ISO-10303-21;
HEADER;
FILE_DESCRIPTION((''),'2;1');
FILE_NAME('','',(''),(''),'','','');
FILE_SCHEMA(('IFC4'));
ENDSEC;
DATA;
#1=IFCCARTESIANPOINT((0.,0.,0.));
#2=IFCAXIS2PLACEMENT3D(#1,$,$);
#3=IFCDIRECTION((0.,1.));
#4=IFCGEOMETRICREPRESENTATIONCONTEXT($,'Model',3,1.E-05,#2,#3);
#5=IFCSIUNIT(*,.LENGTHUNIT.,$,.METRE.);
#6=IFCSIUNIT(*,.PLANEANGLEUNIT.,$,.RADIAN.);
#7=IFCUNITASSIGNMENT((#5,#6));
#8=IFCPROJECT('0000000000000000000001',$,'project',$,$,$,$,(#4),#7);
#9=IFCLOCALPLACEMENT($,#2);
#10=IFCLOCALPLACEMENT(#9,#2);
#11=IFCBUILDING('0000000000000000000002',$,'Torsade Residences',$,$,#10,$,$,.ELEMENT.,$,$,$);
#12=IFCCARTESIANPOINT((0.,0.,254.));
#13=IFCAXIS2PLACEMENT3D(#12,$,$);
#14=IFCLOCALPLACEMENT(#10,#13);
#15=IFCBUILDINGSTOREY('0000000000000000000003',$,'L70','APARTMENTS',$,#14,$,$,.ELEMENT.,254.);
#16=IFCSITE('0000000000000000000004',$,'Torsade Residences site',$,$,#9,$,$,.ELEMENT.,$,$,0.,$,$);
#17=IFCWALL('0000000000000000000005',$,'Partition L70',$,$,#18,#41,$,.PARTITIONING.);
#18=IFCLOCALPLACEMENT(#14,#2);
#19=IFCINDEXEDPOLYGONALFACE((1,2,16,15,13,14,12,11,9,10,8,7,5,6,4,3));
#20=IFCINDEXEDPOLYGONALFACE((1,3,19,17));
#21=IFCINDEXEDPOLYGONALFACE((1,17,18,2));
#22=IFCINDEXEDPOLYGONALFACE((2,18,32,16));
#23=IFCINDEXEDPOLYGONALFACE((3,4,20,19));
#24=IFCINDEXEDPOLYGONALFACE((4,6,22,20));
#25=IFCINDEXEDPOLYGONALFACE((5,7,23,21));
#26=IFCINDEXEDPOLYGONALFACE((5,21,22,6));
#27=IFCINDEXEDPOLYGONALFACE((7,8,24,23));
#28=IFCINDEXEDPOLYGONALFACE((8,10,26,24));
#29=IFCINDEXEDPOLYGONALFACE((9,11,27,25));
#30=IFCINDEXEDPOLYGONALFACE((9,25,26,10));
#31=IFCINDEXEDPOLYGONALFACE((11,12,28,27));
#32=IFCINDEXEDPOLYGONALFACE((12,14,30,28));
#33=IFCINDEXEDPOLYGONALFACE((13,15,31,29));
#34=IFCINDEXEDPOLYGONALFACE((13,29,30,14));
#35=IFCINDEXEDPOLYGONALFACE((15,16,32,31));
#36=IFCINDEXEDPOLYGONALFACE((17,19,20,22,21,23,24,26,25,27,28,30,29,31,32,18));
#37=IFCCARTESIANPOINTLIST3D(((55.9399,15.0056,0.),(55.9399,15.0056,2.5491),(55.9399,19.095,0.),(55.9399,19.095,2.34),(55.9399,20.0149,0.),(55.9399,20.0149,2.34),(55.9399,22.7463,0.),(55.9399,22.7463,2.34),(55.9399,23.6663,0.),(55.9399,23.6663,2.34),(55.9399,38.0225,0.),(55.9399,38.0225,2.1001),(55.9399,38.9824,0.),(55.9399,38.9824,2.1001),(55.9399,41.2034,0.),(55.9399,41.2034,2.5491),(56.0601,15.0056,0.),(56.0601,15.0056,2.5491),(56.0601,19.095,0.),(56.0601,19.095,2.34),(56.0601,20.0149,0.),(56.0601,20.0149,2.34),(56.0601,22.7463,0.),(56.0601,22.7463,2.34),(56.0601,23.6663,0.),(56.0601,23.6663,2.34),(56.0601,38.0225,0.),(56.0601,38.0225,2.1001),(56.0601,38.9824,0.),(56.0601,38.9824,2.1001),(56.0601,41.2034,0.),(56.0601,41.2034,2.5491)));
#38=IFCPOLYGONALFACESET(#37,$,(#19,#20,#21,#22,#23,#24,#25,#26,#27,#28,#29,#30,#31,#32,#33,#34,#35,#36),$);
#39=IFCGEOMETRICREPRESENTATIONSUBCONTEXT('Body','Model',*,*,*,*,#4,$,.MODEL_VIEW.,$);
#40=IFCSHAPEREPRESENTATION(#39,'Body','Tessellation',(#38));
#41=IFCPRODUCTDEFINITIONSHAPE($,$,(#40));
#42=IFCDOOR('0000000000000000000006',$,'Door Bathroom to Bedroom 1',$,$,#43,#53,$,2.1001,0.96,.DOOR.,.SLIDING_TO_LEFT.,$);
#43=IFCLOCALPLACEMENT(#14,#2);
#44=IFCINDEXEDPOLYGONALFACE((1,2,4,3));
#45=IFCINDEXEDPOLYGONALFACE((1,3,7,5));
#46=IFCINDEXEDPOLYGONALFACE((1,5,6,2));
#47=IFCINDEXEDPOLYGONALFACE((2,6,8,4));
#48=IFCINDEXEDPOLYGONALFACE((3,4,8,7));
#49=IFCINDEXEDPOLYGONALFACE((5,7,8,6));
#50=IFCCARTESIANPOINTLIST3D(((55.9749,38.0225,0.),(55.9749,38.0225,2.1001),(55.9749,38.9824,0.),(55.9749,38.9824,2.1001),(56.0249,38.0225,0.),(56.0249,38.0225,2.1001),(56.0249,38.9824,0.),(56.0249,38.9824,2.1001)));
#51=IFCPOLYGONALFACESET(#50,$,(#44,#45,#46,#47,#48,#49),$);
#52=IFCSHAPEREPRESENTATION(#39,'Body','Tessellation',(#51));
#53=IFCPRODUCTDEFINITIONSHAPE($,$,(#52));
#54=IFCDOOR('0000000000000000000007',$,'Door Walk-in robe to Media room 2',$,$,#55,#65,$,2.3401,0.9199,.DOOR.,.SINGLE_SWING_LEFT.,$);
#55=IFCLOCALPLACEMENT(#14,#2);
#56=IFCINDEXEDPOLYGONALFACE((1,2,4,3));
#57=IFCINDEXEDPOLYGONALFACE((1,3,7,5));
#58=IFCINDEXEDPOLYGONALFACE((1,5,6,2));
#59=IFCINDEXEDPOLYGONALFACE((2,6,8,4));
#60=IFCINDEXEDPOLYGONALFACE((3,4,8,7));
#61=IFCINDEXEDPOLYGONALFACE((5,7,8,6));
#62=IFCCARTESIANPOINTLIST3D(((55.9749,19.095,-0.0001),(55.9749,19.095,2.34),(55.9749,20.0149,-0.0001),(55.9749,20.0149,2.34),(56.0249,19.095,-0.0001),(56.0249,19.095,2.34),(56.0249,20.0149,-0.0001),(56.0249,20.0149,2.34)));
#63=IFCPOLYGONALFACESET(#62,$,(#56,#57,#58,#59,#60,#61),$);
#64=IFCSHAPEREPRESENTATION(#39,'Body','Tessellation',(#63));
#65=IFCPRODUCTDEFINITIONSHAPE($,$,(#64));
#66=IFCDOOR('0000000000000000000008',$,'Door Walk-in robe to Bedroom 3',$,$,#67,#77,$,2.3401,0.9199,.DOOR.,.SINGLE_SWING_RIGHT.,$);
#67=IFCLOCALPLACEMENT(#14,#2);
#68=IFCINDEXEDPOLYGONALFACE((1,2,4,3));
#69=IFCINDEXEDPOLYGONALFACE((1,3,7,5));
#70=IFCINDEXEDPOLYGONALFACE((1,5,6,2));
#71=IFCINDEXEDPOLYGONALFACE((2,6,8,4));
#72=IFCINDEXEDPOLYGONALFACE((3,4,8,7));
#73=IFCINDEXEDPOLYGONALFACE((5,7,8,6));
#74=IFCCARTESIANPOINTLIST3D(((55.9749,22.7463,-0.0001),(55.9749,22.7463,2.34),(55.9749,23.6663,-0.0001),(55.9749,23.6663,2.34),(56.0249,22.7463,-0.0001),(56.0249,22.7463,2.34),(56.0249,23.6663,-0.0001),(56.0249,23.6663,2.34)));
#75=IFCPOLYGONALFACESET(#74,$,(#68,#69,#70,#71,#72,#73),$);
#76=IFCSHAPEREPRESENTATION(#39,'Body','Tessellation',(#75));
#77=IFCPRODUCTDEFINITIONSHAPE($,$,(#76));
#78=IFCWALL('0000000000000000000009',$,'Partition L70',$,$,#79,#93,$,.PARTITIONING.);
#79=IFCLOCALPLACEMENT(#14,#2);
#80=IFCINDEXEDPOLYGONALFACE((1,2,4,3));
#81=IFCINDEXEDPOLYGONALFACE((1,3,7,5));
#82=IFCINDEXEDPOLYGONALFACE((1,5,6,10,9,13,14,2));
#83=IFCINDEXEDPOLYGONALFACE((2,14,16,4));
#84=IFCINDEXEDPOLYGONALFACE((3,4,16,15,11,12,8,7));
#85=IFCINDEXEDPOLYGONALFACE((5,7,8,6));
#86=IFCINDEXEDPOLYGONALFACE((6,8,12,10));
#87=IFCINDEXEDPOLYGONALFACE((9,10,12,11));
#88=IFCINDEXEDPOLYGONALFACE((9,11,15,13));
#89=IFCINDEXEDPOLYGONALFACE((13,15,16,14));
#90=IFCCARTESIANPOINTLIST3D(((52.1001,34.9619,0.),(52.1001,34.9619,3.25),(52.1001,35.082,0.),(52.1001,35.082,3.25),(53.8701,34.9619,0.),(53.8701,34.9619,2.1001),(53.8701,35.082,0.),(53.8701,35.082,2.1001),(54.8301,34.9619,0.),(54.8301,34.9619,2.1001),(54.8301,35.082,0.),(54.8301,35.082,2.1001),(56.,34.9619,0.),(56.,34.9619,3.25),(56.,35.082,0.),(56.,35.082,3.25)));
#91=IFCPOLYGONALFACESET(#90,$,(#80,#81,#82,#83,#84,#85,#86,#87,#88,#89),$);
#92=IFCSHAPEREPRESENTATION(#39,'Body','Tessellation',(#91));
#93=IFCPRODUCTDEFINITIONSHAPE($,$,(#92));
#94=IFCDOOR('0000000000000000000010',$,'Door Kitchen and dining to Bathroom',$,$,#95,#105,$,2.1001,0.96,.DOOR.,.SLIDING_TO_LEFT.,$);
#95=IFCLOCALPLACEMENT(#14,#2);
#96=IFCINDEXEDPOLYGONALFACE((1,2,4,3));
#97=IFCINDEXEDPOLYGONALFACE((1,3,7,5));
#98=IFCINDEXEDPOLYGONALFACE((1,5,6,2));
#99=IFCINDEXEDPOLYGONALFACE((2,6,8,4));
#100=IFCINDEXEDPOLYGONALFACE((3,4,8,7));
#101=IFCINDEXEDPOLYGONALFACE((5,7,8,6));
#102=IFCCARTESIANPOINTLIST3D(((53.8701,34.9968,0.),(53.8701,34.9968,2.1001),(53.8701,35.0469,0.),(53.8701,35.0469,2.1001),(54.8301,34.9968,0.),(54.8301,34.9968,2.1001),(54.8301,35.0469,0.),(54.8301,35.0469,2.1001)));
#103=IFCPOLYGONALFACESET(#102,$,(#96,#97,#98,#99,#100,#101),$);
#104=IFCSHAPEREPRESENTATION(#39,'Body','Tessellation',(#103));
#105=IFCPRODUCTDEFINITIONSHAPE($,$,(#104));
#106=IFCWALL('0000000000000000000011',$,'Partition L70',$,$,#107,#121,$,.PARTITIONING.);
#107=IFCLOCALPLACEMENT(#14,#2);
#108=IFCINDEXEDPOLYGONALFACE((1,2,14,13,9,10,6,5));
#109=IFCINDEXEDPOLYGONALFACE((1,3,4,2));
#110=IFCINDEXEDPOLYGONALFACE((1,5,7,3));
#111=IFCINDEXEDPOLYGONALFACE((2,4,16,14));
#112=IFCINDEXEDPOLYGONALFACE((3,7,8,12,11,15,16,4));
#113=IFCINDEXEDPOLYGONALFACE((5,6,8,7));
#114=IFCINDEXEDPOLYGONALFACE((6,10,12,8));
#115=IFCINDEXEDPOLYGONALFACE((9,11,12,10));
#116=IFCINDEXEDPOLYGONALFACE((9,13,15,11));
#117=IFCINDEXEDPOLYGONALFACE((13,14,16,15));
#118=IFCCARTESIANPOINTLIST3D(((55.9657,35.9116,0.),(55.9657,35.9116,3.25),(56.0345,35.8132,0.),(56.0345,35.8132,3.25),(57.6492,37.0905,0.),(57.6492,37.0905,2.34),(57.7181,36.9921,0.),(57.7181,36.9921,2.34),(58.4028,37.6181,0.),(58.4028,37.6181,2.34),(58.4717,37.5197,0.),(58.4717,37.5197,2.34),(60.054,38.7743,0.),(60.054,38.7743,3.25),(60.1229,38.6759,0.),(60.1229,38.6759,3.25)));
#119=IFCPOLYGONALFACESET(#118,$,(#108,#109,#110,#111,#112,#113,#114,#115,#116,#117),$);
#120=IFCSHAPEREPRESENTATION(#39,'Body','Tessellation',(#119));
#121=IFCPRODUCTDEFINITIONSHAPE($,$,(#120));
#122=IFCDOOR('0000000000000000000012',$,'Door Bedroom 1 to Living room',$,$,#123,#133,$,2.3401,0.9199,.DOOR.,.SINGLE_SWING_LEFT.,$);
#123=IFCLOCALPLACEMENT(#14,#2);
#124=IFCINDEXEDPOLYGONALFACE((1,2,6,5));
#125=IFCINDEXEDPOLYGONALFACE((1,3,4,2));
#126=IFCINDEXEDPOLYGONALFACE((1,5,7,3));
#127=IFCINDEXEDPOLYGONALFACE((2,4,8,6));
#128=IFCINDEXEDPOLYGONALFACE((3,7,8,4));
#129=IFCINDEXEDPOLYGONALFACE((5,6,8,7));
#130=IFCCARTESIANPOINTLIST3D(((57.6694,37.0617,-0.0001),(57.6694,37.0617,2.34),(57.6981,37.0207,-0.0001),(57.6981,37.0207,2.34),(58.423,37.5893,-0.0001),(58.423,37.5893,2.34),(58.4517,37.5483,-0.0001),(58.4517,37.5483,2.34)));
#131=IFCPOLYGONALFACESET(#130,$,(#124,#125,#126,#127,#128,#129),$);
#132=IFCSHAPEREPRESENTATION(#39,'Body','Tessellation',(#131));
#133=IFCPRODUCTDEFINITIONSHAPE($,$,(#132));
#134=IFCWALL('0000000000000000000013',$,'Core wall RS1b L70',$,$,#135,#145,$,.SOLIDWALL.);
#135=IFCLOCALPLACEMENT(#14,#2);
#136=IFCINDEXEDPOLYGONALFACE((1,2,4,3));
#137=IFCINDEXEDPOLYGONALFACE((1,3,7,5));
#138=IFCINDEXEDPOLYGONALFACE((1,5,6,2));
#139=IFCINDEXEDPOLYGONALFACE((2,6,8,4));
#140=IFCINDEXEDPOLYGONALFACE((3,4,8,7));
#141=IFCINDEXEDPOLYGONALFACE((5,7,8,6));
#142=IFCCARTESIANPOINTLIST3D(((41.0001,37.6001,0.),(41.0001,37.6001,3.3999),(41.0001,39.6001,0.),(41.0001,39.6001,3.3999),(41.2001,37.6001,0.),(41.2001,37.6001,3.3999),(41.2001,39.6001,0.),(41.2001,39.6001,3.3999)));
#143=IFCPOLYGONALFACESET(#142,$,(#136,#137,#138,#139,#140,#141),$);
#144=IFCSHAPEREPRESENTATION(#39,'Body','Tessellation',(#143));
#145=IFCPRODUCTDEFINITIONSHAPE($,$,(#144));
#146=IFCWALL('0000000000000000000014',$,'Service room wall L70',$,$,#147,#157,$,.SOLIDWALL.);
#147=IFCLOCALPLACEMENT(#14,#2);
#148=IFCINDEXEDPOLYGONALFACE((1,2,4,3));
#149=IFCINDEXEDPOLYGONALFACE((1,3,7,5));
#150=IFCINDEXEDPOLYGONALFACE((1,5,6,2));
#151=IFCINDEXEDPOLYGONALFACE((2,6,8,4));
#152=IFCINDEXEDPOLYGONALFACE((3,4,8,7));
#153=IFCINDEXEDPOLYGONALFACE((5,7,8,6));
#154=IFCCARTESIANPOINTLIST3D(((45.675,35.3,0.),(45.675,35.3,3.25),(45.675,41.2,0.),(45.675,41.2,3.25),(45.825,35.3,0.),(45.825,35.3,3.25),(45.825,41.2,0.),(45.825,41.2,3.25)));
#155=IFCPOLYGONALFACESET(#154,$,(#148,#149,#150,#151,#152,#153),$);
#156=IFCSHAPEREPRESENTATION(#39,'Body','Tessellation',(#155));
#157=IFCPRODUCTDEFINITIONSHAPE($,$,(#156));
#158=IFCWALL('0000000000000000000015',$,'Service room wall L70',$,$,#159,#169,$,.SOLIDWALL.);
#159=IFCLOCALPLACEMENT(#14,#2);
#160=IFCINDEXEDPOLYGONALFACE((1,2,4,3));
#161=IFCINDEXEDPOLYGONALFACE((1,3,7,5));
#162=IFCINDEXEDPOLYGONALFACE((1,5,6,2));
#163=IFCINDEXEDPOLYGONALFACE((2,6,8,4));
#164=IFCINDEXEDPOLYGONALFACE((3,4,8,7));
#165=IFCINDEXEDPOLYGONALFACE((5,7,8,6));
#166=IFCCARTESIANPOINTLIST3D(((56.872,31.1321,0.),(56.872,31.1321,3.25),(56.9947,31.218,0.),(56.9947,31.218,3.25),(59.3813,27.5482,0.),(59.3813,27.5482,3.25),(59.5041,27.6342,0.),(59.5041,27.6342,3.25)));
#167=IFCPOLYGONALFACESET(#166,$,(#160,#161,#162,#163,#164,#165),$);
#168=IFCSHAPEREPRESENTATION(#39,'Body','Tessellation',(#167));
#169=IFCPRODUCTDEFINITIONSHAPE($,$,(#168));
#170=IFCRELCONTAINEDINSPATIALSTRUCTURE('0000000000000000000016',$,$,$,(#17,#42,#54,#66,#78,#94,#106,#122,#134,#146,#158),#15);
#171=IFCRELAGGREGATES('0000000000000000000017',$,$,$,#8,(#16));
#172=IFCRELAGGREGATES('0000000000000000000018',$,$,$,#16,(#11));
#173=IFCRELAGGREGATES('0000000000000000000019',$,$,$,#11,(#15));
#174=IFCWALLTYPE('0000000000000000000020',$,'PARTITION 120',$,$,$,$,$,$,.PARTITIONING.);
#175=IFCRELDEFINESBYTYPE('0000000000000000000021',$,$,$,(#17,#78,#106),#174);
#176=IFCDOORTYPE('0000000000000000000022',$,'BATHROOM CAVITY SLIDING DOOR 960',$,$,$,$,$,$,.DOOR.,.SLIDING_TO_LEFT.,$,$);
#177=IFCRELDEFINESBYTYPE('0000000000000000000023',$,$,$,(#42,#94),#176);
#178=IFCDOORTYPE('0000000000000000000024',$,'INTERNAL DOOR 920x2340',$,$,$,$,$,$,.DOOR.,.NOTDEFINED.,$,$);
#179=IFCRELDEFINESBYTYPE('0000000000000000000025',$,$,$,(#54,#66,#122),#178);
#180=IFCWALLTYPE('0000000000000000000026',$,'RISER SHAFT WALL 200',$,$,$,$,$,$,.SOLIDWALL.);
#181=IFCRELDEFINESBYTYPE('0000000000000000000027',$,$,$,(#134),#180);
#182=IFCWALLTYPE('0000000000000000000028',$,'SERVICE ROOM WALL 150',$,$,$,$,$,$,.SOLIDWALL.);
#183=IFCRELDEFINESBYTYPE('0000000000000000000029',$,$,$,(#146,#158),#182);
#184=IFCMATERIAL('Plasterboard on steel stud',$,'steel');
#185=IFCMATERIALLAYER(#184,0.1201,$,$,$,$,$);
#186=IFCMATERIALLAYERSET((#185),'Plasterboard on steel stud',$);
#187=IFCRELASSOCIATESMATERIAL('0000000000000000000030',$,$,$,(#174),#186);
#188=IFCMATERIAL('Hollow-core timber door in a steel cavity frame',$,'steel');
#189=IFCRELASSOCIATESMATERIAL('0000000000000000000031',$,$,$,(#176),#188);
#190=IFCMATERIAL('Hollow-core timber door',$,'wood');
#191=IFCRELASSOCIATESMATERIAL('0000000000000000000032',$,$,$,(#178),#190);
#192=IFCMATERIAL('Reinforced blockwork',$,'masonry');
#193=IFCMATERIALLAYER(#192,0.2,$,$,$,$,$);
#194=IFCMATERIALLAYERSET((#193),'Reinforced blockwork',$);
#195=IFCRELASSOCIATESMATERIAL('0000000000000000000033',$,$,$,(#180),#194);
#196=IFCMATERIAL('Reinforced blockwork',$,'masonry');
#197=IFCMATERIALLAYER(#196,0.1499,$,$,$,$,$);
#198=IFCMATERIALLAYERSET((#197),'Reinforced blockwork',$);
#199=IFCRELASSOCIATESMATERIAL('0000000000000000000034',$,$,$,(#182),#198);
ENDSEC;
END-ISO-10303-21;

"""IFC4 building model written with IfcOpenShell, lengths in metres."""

from ifc_helpers import new_model, si_unit, direction, frame, frame_2d, origin, place, context, subcontext, project, spatial, rectangle, extrude, material, layer, layer_set, type_object, element, fill, save


model = new_model("IFC4")

# Units and contexts
model_context = context("Model", 3, precision=1e-05, world=origin(), true_north=direction((0.0, 1.0)))
body_context = subcontext(model_context, "Body", "Model", "MODEL_VIEW")
ifc_project = project(units=[si_unit("LENGTHUNIT", "METRE"), si_unit("PLANEANGLEUNIT", "RADIAN")], contexts=[model_context])

# Site, building, storey
site_placement = place(None, origin())
site = spatial("IfcSite", under=ifc_project, at=site_placement, Name="Torsade Residences site", CompositionType="ELEMENT", RefElevation=0.0)
building_placement = place(site_placement, origin())
building = spatial("IfcBuilding", under=site, at=building_placement, Name="Torsade Residences", CompositionType="ELEMENT")
storey_placement = place(building_placement, frame((0.0, 0.0, 254.0)))
storey = spatial("IfcBuildingStorey", under=building, at=storey_placement, Name="L70", Description="APARTMENTS", CompositionType="ELEMENT", Elevation=254.0)

# Wall, openings, doors
ifc_material_1 = material(Name="Plasterboard on steel stud", Category="steel")
ifc_layer_1 = layer(ifc_material_1, 0.1201)
ifc_layer_set_1 = layer_set([ifc_layer_1], Name="Plasterboard on steel stud")
wall_type_1 = type_object("IfcWallType", Name="PARTITION 120", PredefinedType="PARTITIONING", material=ifc_layer_set_1)
wall_1_placement = place(storey_placement, frame((56.0, 41.2034, 0.0), z_axis=(0.0, 0.0, 1.0), x_axis=(0.0, -1.0, 0.0)))
wall_1 = element("IfcWall", 1, at=wall_1_placement, inside=storey, type_object=wall_type_1, Name="Partition L70", PredefinedType="PARTITIONING", context=body_context, shape_type="SweptSolid", body=[
    extrude(rectangle(XDim=26.1978, YDim=0.1201, at=frame_2d((13.0989, 0.0))), origin(), (0.0, 0.0, 1.0), 2.5491),
])
opening_1_placement = place(wall_1_placement, frame((21.1885, 0.0, 0.0)))
opening_1 = element("IfcOpeningElement", 2, at=opening_1_placement, cuts=wall_1, PredefinedType="OPENING", context=body_context, shape_type="SweptSolid", body=[
    extrude(rectangle(XDim=0.9199, YDim=2.3401, at=frame_2d((0.46, 1.1699))), frame((0.0, 0.0701, 0.0), z_axis=(0.0, -1.0, 0.0), x_axis=(1.0, 0.0, 0.0)), (0.0, 0.0, 1.0), 0.1401),
])
opening_2_placement = place(wall_1_placement, frame((17.5371, 0.0, 0.0)))
opening_2 = element("IfcOpeningElement", 3, at=opening_2_placement, cuts=wall_1, PredefinedType="OPENING", context=body_context, shape_type="SweptSolid", body=[
    extrude(rectangle(XDim=0.9199, YDim=2.3401, at=frame_2d((0.46, 1.1699))), frame((0.0, 0.0701, 0.0), z_axis=(0.0, -1.0, 0.0), x_axis=(1.0, 0.0, 0.0)), (0.0, 0.0, 1.0), 0.1401),
])
opening_3_placement = place(wall_1_placement, frame((2.2209, 0.0, 0.0)))
opening_3 = element("IfcOpeningElement", 4, at=opening_3_placement, cuts=wall_1, PredefinedType="OPENING", context=body_context, shape_type="SweptSolid", body=[
    extrude(rectangle(XDim=0.96, YDim=2.1001, at=frame_2d((0.48, 1.05))), frame((0.0, 0.0701, 0.0), z_axis=(0.0, -1.0, 0.0), x_axis=(1.0, 0.0, 0.0)), (0.0, 0.0, 1.0), 0.1401),
])
ifc_material_2 = material(Name="Hollow-core timber door in a steel cavity frame", Category="steel")
door_type_1 = type_object("IfcDoorType", Name="BATHROOM CAVITY SLIDING DOOR 960", OperationType="SLIDING_TO_LEFT", PredefinedType="DOOR", material=ifc_material_2)
door_1_placement = place(opening_3_placement, origin())
door_1 = element("IfcDoor", 5, at=door_1_placement, inside=storey, type_object=door_type_1, Name="Door Bathroom to Bedroom 1", OperationType="SLIDING_TO_LEFT", OverallHeight=2.1001, OverallWidth=0.96, PredefinedType="DOOR", context=body_context, shape_type="SweptSolid", body=[
    extrude(rectangle(XDim=0.96, YDim=2.1001, at=frame_2d((0.48, 1.05))), frame((0.0, 0.0249, 0.0), z_axis=(0.0, -1.0, 0.0), x_axis=(1.0, 0.0, 0.0)), (0.0, 0.0, 1.0), 0.05),
])
fill(opening_3, door_1)
ifc_material_3 = material(Name="Hollow-core timber door", Category="wood")
door_type_2 = type_object("IfcDoorType", Name="INTERNAL DOOR 920x2340", OperationType="NOTDEFINED", PredefinedType="DOOR", material=ifc_material_3)
door_2_placement = place(opening_1_placement, origin())
door_2 = element("IfcDoor", 6, at=door_2_placement, inside=storey, type_object=door_type_2, Name="Door Walk-in robe to Media room 2", OperationType="SINGLE_SWING_LEFT", OverallHeight=2.3401, OverallWidth=0.9199, PredefinedType="DOOR", context=body_context, shape_type="SweptSolid", body=[
    extrude(rectangle(XDim=0.9199, YDim=2.3401, at=frame_2d((0.46, 1.1699))), frame((0.0, 0.0249, 0.0), z_axis=(0.0, -1.0, 0.0), x_axis=(1.0, 0.0, 0.0)), (0.0, 0.0, 1.0), 0.05),
])
fill(opening_1, door_2)
door_3_placement = place(opening_2_placement, origin())
door_3 = element("IfcDoor", 7, at=door_3_placement, inside=storey, type_object=door_type_2, Name="Door Walk-in robe to Bedroom 3", OperationType="SINGLE_SWING_RIGHT", OverallHeight=2.3401, OverallWidth=0.9199, PredefinedType="DOOR", context=body_context, shape_type="SweptSolid", body=[
    extrude(rectangle(XDim=0.9199, YDim=2.3401, at=frame_2d((0.46, 1.1699))), frame((0.0, 0.0249, 0.0), z_axis=(0.0, -1.0, 0.0), x_axis=(1.0, 0.0, 0.0)), (0.0, 0.0, 1.0), 0.05),
])
fill(opening_2, door_3)

# Walls, openings, doors
wall_2_placement = place(storey_placement, frame((52.1001, 35.022, 0.0), z_axis=(0.0, 0.0, 1.0), x_axis=(1.0, 0.0, 0.0)))
wall_2 = element("IfcWall", 8, at=wall_2_placement, inside=storey, type_object=wall_type_1, Name="Partition L70", PredefinedType="PARTITIONING", context=body_context, shape_type="SweptSolid", body=[
    extrude(rectangle(XDim=3.8999, YDim=0.1201, at=frame_2d((1.95, 0.0))), origin(), (0.0, 0.0, 1.0), 3.25),
])
opening_4_placement = place(wall_2_placement, frame((1.77, 0.0, 0.0)))
opening_4 = element("IfcOpeningElement", 9, at=opening_4_placement, cuts=wall_2, PredefinedType="OPENING", context=body_context, shape_type="SweptSolid", body=[
    extrude(rectangle(XDim=0.96, YDim=2.1001, at=frame_2d((0.48, 1.05))), frame((0.0, 0.0701, 0.0), z_axis=(0.0, -1.0, 0.0), x_axis=(1.0, 0.0, 0.0)), (0.0, 0.0, 1.0), 0.1401),
])
door_4_placement = place(opening_4_placement, origin())
door_4 = element("IfcDoor", 10, at=door_4_placement, inside=storey, type_object=door_type_1, Name="Door Kitchen and dining to Bathroom", OperationType="SLIDING_TO_LEFT", OverallHeight=2.1001, OverallWidth=0.96, PredefinedType="DOOR", context=body_context, shape_type="SweptSolid", body=[
    extrude(rectangle(XDim=0.96, YDim=2.1001, at=frame_2d((0.48, 1.05))), frame((0.0, 0.0249, 0.0), z_axis=(0.0, -1.0, 0.0), x_axis=(1.0, 0.0, 0.0)), (0.0, 0.0, 1.0), 0.05),
])
fill(opening_4, door_4)
wall_3_placement = place(storey_placement, frame((56.0, 35.8623, 0.0), z_axis=(0.0, 0.0, 1.0), x_axis=(0.819145, 0.573587, 0.0)))
wall_3 = element("IfcWall", 11, at=wall_3_placement, inside=storey, type_object=wall_type_1, Name="Partition L70", PredefinedType="PARTITIONING", context=body_context, shape_type="SweptSolid", body=[
    extrude(rectangle(XDim=4.991, YDim=0.1201, at=frame_2d((2.4956, 0.0))), origin(), (0.0, 0.0, 1.0), 3.25),
])
opening_5_placement = place(wall_3_placement, frame((2.0554, 0.0, 0.0)))
opening_5 = element("IfcOpeningElement", 12, at=opening_5_placement, cuts=wall_3, PredefinedType="OPENING", context=body_context, shape_type="SweptSolid", body=[
    extrude(rectangle(XDim=0.9199, YDim=2.3401, at=frame_2d((0.46, 1.1699))), frame((0.0, 0.0701, 0.0), z_axis=(0.0, -1.0, 0.0), x_axis=(1.0, 0.0, 0.0)), (0.0, 0.0, 1.0), 0.1401),
])
door_5_placement = place(opening_5_placement, origin())
door_5 = element("IfcDoor", 13, at=door_5_placement, inside=storey, type_object=door_type_2, Name="Door Bedroom 1 to Living room", OperationType="SINGLE_SWING_LEFT", OverallHeight=2.3401, OverallWidth=0.9199, PredefinedType="DOOR", context=body_context, shape_type="SweptSolid", body=[
    extrude(rectangle(XDim=0.9199, YDim=2.3401, at=frame_2d((0.46, 1.1699))), frame((0.0, 0.0249, 0.0), z_axis=(0.0, -1.0, 0.0), x_axis=(1.0, 0.0, 0.0)), (0.0, 0.0, 1.0), 0.05),
])
fill(opening_5, door_5)

# Walls
ifc_material_4 = material(Name="Reinforced blockwork", Category="masonry")
ifc_layer_2 = layer(ifc_material_4, 0.2)
ifc_layer_set_2 = layer_set([ifc_layer_2], Name="Reinforced blockwork")
wall_type_2 = type_object("IfcWallType", Name="RISER SHAFT WALL 200", PredefinedType="SOLIDWALL", material=ifc_layer_set_2)
wall_4_placement = place(storey_placement, frame((41.1001, 37.6001, 0.0), z_axis=(0.0, 0.0, 1.0), x_axis=(0.0, 1.0, 0.0)))
element("IfcWall", 14, at=wall_4_placement, inside=storey, type_object=wall_type_2, Name="Core wall RS1b L70", PredefinedType="SOLIDWALL", context=body_context, shape_type="SweptSolid", body=[
    extrude(rectangle(XDim=2.0, YDim=0.2, at=frame_2d((1.0, 0.0))), origin(), (0.0, 0.0, 1.0), 3.3999),
])
ifc_material_5 = material(Name="Reinforced blockwork", Category="masonry")
ifc_layer_3 = layer(ifc_material_5, 0.1499)
ifc_layer_set_3 = layer_set([ifc_layer_3], Name="Reinforced blockwork")
wall_type_3 = type_object("IfcWallType", Name="SERVICE ROOM WALL 150", PredefinedType="SOLIDWALL", material=ifc_layer_set_3)
wall_5_placement = place(storey_placement, frame((45.75, 41.2, 0.0), z_axis=(0.0, 0.0, 1.0), x_axis=(0.0, -1.0, 0.0)))
element("IfcWall", 15, at=wall_5_placement, inside=storey, type_object=wall_type_3, Name="Service room wall L70", PredefinedType="SOLIDWALL", context=body_context, shape_type="SweptSolid", body=[
    extrude(rectangle(XDim=5.8999, YDim=0.1499, at=frame_2d((2.95, 0.0))), origin(), (0.0, 0.0, 1.0), 3.25),
])
wall_6_placement = place(storey_placement, frame((56.9333, 31.175, 0.0), z_axis=(0.0, 0.0, 1.0), x_axis=(0.573563, -0.819161, 0.0)))
element("IfcWall", 16, at=wall_6_placement, inside=storey, type_object=wall_type_3, Name="Service room wall L70", PredefinedType="SOLIDWALL", context=body_context, shape_type="SweptSolid", body=[
    extrude(rectangle(XDim=4.375, YDim=0.1499, at=frame_2d((2.1875, 0.0))), origin(), (0.0, 0.0, 1.0), 3.25),
])

save(model, "model.ifc")
